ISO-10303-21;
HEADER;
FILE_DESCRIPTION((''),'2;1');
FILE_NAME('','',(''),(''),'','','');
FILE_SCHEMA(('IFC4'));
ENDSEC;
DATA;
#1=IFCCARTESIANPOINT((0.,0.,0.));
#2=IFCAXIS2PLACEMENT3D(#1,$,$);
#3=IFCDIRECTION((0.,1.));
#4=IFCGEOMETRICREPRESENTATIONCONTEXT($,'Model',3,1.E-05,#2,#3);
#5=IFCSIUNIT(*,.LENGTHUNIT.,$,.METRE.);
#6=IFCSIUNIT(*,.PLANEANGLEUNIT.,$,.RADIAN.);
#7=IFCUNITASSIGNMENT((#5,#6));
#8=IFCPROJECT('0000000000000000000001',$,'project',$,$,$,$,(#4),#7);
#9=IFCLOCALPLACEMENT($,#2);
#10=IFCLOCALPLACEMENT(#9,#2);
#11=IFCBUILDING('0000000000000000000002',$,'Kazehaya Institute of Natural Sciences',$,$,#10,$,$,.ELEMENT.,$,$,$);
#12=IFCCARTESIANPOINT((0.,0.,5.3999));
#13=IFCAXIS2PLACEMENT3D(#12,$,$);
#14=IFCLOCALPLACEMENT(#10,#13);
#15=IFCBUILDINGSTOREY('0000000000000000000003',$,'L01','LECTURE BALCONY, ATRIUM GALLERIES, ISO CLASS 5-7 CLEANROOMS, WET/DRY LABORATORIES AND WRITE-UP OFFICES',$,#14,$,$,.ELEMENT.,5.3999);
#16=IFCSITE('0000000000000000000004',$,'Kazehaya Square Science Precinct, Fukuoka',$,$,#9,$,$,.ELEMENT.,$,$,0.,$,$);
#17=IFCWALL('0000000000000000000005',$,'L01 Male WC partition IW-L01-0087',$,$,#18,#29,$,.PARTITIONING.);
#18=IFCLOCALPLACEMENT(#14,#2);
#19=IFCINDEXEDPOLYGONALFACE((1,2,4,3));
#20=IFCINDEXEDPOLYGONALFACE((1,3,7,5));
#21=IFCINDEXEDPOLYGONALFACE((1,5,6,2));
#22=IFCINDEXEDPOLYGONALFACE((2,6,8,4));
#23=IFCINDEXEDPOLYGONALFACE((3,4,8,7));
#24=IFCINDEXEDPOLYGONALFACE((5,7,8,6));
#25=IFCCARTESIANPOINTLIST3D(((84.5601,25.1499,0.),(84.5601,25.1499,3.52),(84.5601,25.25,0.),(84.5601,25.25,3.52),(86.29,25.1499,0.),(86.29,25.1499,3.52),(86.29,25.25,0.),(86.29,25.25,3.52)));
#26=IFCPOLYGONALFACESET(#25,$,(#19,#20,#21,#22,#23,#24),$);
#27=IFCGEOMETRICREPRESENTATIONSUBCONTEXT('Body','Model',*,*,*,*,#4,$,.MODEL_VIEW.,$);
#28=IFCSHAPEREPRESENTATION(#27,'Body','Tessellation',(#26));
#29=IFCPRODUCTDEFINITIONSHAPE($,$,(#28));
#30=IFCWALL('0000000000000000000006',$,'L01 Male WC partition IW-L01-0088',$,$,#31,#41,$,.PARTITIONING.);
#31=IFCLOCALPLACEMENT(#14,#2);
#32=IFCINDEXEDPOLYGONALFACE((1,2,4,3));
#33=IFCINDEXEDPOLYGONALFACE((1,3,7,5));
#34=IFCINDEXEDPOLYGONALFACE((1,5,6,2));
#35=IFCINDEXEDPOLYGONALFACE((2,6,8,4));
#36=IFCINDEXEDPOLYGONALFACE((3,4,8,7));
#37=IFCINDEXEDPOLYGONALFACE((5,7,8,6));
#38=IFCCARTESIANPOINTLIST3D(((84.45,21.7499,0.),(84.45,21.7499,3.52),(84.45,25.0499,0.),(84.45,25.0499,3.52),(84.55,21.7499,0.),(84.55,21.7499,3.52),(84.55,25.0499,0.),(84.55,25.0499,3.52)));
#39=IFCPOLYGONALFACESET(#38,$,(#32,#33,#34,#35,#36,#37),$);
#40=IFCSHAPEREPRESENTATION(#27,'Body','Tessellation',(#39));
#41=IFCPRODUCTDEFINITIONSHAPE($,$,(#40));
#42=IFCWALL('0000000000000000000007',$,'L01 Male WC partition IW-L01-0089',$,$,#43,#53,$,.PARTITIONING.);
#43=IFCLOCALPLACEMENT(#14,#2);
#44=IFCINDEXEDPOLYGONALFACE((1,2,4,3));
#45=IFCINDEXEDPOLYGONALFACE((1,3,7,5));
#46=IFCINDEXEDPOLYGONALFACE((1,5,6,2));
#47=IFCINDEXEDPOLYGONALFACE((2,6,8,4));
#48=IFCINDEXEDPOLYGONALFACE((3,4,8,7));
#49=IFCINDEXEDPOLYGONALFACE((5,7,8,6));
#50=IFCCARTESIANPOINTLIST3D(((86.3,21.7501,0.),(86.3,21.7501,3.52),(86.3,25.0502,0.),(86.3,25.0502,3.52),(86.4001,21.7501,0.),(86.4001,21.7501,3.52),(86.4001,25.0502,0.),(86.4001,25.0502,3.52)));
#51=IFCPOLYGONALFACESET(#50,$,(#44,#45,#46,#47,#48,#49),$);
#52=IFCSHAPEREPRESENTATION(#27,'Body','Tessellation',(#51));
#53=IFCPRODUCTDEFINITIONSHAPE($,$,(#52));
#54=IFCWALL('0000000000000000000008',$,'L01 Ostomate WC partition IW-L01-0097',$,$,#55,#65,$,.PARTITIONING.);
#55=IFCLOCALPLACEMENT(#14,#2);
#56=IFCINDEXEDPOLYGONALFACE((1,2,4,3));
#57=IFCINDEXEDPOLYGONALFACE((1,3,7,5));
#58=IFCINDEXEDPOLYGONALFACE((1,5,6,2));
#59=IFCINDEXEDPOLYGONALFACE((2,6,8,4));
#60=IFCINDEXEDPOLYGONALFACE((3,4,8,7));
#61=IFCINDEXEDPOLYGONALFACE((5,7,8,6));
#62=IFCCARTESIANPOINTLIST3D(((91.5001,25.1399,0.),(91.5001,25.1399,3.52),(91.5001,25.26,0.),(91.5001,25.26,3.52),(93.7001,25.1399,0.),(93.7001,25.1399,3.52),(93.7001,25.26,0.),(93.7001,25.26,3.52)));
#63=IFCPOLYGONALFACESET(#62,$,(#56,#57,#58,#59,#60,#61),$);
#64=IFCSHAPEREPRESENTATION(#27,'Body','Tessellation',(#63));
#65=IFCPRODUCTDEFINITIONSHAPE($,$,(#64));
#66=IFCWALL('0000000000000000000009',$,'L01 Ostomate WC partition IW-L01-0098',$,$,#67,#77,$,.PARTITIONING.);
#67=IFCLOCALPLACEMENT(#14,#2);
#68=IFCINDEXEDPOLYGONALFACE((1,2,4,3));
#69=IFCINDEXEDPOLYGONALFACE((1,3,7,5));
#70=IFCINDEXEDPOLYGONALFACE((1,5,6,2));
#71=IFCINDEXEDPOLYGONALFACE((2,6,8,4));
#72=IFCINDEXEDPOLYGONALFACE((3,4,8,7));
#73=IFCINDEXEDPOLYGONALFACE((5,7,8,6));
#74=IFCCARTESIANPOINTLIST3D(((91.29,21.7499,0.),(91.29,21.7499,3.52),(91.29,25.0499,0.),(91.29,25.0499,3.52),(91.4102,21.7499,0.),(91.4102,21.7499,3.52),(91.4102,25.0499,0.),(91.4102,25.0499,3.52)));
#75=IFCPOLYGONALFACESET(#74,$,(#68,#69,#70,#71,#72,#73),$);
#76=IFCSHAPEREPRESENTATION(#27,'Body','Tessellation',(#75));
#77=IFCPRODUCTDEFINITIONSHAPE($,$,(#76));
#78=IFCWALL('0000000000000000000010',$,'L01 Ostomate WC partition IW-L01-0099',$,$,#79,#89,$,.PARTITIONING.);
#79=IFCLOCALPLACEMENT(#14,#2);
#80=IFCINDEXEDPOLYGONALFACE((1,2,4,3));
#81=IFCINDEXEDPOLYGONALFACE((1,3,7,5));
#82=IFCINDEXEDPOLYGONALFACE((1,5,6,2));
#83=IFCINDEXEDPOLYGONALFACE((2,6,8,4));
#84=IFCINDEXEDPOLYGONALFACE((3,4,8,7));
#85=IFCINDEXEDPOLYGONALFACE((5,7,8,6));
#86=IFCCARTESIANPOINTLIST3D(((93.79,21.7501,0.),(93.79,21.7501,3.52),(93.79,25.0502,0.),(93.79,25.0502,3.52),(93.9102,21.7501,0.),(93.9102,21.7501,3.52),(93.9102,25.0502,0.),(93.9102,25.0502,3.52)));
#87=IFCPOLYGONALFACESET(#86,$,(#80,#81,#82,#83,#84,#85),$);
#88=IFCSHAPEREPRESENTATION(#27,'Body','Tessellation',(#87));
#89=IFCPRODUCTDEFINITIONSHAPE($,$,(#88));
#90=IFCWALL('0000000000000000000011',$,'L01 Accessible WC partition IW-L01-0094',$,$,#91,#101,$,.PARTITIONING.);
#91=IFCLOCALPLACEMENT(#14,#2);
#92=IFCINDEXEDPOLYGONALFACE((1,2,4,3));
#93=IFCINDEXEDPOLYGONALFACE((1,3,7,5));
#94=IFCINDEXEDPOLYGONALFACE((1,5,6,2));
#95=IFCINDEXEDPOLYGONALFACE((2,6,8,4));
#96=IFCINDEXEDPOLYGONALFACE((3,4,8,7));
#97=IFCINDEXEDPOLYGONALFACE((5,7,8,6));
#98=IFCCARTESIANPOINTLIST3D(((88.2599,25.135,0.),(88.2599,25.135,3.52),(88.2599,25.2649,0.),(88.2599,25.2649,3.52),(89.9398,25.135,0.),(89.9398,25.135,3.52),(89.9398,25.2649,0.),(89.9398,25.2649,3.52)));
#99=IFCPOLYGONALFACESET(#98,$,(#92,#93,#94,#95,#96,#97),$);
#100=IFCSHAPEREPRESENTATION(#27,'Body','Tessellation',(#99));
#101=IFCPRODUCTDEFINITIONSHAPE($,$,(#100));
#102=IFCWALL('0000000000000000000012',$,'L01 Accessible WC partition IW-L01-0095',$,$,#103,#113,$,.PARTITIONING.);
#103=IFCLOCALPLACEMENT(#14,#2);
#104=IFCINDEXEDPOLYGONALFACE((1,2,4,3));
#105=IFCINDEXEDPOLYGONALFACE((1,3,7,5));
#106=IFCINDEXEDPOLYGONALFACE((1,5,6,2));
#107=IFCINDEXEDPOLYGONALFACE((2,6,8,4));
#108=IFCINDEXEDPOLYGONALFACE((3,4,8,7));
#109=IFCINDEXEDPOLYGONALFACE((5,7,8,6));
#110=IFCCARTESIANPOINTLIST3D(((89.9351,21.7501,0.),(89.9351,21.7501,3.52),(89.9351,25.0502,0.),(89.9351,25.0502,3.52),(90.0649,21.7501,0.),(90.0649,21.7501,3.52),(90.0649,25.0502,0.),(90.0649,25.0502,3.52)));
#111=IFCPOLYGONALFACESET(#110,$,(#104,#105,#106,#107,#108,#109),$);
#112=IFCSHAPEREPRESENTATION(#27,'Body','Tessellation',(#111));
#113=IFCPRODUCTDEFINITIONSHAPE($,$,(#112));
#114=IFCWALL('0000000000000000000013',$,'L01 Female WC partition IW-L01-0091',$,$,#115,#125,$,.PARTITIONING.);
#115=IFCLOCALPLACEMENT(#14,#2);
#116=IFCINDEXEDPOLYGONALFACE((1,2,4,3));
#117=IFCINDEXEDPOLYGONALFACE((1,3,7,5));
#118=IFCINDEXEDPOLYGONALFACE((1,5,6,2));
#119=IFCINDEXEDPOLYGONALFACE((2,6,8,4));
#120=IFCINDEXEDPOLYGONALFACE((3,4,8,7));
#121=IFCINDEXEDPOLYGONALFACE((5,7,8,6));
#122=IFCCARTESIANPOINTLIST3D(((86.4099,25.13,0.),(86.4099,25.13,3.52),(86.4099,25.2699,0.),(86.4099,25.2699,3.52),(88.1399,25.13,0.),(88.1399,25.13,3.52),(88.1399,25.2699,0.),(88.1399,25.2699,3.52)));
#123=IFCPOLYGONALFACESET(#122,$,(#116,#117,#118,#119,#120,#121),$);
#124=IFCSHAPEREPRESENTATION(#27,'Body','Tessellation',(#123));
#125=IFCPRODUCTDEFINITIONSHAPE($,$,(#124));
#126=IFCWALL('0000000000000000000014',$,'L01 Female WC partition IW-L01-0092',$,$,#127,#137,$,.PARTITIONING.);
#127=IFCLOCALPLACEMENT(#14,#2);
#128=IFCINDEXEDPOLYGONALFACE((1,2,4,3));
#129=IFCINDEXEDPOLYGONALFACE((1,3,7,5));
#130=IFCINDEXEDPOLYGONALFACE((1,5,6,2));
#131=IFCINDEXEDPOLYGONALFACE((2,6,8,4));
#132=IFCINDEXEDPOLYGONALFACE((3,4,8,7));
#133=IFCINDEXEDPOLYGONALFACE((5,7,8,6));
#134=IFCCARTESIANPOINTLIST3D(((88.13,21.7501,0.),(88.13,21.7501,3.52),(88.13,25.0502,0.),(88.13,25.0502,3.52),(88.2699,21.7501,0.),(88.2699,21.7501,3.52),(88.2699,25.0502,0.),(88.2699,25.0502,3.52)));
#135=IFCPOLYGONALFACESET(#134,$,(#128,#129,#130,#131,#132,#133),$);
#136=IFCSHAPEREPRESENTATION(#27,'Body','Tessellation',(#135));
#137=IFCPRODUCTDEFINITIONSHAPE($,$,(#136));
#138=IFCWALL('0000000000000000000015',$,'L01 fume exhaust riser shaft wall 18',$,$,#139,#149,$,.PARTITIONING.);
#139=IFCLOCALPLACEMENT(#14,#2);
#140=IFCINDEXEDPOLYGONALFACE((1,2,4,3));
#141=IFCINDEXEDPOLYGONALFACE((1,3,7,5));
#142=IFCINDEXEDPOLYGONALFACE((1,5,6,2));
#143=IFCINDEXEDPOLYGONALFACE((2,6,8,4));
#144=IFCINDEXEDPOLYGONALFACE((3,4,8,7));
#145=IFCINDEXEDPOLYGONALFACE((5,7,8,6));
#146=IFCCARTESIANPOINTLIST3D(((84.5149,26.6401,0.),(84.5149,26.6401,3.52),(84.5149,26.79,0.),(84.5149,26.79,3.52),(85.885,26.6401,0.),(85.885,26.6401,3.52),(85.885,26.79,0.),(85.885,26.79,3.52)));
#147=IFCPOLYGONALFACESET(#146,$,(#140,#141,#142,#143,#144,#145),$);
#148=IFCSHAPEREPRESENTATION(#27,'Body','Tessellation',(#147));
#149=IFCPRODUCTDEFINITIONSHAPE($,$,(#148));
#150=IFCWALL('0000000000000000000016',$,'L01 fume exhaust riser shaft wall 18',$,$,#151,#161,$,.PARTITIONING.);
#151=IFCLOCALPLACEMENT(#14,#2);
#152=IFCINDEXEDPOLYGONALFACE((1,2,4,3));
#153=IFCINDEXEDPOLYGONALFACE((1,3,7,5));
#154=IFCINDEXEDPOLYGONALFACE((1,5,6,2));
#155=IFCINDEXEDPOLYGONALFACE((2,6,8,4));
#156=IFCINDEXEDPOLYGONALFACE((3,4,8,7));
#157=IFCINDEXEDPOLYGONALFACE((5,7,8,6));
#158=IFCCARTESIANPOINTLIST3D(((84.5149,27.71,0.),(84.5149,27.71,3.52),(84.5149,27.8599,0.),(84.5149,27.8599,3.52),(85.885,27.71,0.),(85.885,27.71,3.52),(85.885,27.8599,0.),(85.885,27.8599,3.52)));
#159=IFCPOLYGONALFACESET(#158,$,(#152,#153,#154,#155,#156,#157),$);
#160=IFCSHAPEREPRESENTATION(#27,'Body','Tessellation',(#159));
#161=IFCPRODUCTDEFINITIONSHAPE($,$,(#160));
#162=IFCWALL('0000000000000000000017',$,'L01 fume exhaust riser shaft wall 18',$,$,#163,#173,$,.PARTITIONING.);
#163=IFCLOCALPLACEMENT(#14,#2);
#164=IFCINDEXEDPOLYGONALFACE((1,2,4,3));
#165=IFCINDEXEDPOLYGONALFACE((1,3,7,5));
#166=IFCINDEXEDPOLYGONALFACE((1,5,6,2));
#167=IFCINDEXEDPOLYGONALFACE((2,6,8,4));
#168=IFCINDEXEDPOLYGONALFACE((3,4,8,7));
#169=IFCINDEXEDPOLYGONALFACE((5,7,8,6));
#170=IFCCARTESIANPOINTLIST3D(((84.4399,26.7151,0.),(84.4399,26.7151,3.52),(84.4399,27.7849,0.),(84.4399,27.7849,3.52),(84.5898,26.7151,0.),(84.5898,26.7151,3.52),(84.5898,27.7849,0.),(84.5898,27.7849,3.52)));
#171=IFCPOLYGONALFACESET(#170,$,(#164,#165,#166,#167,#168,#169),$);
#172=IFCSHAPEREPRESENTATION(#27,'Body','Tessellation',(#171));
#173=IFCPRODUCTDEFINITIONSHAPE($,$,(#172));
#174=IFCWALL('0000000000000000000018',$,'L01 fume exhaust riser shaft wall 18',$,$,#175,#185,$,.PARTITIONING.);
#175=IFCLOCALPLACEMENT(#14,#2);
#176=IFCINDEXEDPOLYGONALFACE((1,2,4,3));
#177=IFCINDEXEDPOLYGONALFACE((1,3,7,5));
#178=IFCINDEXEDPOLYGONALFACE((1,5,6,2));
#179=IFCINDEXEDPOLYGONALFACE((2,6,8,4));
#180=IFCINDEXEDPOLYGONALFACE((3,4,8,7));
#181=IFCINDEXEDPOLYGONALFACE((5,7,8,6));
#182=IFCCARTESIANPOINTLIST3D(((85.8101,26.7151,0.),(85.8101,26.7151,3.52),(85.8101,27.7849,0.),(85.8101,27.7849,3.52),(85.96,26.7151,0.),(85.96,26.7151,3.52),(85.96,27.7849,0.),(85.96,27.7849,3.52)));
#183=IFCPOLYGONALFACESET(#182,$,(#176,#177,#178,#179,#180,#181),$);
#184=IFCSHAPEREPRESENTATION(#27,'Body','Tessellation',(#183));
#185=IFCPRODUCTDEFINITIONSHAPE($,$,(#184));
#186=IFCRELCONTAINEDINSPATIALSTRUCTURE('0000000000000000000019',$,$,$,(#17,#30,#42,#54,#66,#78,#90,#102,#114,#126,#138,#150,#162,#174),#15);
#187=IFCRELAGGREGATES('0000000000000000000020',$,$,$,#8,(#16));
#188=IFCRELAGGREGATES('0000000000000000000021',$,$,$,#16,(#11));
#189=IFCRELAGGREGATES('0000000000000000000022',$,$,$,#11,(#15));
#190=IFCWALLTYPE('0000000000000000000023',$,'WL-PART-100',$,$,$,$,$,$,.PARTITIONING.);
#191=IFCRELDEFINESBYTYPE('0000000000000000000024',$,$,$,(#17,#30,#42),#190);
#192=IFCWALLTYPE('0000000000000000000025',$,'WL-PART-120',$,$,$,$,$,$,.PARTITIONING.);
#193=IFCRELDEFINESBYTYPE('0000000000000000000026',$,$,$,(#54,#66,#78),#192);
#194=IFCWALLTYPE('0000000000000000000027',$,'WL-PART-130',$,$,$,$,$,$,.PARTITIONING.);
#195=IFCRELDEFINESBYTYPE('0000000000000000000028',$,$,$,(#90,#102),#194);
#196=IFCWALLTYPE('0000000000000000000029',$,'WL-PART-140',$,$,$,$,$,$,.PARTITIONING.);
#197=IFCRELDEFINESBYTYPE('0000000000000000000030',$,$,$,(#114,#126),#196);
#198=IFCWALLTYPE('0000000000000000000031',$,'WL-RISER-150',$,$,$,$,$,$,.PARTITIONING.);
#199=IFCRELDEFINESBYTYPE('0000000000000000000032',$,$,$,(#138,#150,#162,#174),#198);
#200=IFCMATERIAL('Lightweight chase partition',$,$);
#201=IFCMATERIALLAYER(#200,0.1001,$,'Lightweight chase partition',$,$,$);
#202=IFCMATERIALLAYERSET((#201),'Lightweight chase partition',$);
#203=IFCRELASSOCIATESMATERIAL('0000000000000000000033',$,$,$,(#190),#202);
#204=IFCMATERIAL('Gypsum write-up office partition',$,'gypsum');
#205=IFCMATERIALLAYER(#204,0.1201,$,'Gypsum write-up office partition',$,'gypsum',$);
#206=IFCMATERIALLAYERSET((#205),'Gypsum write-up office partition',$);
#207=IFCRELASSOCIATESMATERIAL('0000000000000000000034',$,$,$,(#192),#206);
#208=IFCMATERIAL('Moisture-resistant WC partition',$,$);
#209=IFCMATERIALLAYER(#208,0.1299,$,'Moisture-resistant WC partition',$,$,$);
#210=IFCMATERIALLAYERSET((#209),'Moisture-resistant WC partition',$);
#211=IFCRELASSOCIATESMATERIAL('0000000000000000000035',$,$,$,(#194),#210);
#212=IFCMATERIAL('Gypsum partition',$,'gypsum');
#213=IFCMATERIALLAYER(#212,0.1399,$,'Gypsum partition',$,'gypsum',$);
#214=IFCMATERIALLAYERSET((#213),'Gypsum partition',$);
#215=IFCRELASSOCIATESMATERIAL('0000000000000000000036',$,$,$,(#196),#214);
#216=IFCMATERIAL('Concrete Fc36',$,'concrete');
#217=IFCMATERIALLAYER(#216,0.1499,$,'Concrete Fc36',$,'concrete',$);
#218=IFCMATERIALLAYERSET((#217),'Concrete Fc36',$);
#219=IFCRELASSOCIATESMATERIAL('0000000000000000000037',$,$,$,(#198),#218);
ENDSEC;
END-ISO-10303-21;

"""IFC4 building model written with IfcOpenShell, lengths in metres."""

from ifc_helpers import new_model, si_unit, direction, frame, frame_2d, origin, place, context, subcontext, project, spatial, rectangle, extrude, material, layer, layer_set, type_object, element, save


model = new_model("IFC4")

# Units and contexts
model_context = context("Model", 3, precision=1e-05, world=origin(), true_north=direction((0.0, 1.0)))
body_context = subcontext(model_context, "Body", "Model", "MODEL_VIEW")
ifc_project = project(units=[si_unit("LENGTHUNIT", "METRE"), si_unit("PLANEANGLEUNIT", "RADIAN")], contexts=[model_context])

# Site, building, storey
site_placement = place(None, origin())
site = spatial("IfcSite", under=ifc_project, at=site_placement, Name="Kazehaya Square Science Precinct, Fukuoka", CompositionType="ELEMENT", RefElevation=0.0)
building_placement = place(site_placement, origin())
building = spatial("IfcBuilding", under=site, at=building_placement, Name="Kazehaya Institute of Natural Sciences", CompositionType="ELEMENT")
storey_placement = place(building_placement, frame((0.0, 0.0, 5.3999)))
storey = spatial("IfcBuildingStorey", under=building, at=storey_placement, Name="L01", Description="LECTURE BALCONY, ATRIUM GALLERIES, ISO CLASS 5-7 CLEANROOMS, WET/DRY LABORATORIES AND WRITE-UP OFFICES", CompositionType="ELEMENT", Elevation=5.3999)

# Walls
ifc_material_1 = material(Name="Lightweight chase partition")
ifc_layer_1 = layer(ifc_material_1, 0.1001, Name="Lightweight chase partition")
ifc_layer_set_1 = layer_set([ifc_layer_1], Name="Lightweight chase partition")
wall_type_1 = type_object("IfcWallType", Name="WL-PART-100", PredefinedType="PARTITIONING", material=ifc_layer_set_1)
wall_1_placement = place(storey_placement, frame((84.5601, 25.2, 0.0), z_axis=(0.0, 0.0, 1.0), x_axis=(1.0, 0.0, 0.0)))
element("IfcWall", 1, at=wall_1_placement, inside=storey, type_object=wall_type_1, Name="L01 Male WC partition IW-L01-0087", PredefinedType="PARTITIONING", context=body_context, shape_type="SweptSolid", body=[
    extrude(rectangle(XDim=1.73, YDim=0.1001, at=frame_2d((0.865, 0.0))), origin(), (0.0, 0.0, 1.0), 3.52),
])
for number, where, z_axis, x_axis, name in (
    (2, (84.5, 21.75, 0.0), (0.0, 0.0, 1.0), (0.0, 1.0, 0.0), "L01 Male WC partition IW-L01-0088"),
    (3, (86.3501, 25.05, 0.0), (0.0, 0.0, 1.0), (0.0, -1.0, 0.0), "L01 Male WC partition IW-L01-0089"),
):
    element("IfcWall", number, at=place(storey_placement, frame(where, z_axis=z_axis, x_axis=x_axis)), inside=storey, type_object=wall_type_1, Name=name, PredefinedType="PARTITIONING", context=body_context, shape_type="SweptSolid", body=[
        extrude(rectangle(XDim=3.3, YDim=0.1001, at=frame_2d((1.6499, 0.0))), origin(), (0.0, 0.0, 1.0), 3.52),
    ])
ifc_material_2 = material(Name="Gypsum write-up office partition", Category="gypsum")
ifc_layer_2 = layer(ifc_material_2, 0.1201, Name="Gypsum write-up office partition", Category="gypsum")
ifc_layer_set_2 = layer_set([ifc_layer_2], Name="Gypsum write-up office partition")
wall_type_2 = type_object("IfcWallType", Name="WL-PART-120", PredefinedType="PARTITIONING", material=ifc_layer_set_2)
wall_2_placement = place(storey_placement, frame((91.5, 25.2, 0.0), z_axis=(0.0, 0.0, 1.0), x_axis=(1.0, 0.0, 0.0)))
element("IfcWall", 4, at=wall_2_placement, inside=storey, type_object=wall_type_2, Name="L01 Ostomate WC partition IW-L01-0097", PredefinedType="PARTITIONING", context=body_context, shape_type="SweptSolid", body=[
    extrude(rectangle(XDim=2.2, YDim=0.1201, at=frame_2d((1.1001, 0.0))), origin(), (0.0, 0.0, 1.0), 3.52),
])
for number, where, z_axis, x_axis, name in (
    (5, (91.3501, 21.75, 0.0), (0.0, 0.0, 1.0), (0.0, 1.0, 0.0), "L01 Ostomate WC partition IW-L01-0098"),
    (6, (93.8501, 25.05, 0.0), (0.0, 0.0, 1.0), (0.0, -1.0, 0.0), "L01 Ostomate WC partition IW-L01-0099"),
):
    element("IfcWall", number, at=place(storey_placement, frame(where, z_axis=z_axis, x_axis=x_axis)), inside=storey, type_object=wall_type_2, Name=name, PredefinedType="PARTITIONING", context=body_context, shape_type="SweptSolid", body=[
        extrude(rectangle(XDim=3.3, YDim=0.1201, at=frame_2d((1.6499, 0.0))), origin(), (0.0, 0.0, 1.0), 3.52),
    ])
ifc_material_3 = material(Name="Moisture-resistant WC partition")
ifc_layer_3 = layer(ifc_material_3, 0.1299, Name="Moisture-resistant WC partition")
ifc_layer_set_3 = layer_set([ifc_layer_3], Name="Moisture-resistant WC partition")
wall_type_3 = type_object("IfcWallType", Name="WL-PART-130", PredefinedType="PARTITIONING", material=ifc_layer_set_3)
wall_3_placement = place(storey_placement, frame((88.26, 25.2, 0.0), z_axis=(0.0, 0.0, 1.0), x_axis=(1.0, 0.0, 0.0)))
element("IfcWall", 7, at=wall_3_placement, inside=storey, type_object=wall_type_3, Name="L01 Accessible WC partition IW-L01-0094", PredefinedType="PARTITIONING", context=body_context, shape_type="SweptSolid", body=[
    extrude(rectangle(XDim=1.6799, YDim=0.1299, at=frame_2d((0.8398, 0.0))), origin(), (0.0, 0.0, 1.0), 3.52),
])
wall_4_placement = place(storey_placement, frame((90.0, 25.05, 0.0), z_axis=(0.0, 0.0, 1.0), x_axis=(0.0, -1.0, 0.0)))
element("IfcWall", 8, at=wall_4_placement, inside=storey, type_object=wall_type_3, Name="L01 Accessible WC partition IW-L01-0095", PredefinedType="PARTITIONING", context=body_context, shape_type="SweptSolid", body=[
    extrude(rectangle(XDim=3.3, YDim=0.1299, at=frame_2d((1.6499, 0.0))), origin(), (0.0, 0.0, 1.0), 3.52),
])
ifc_material_4 = material(Name="Gypsum partition", Category="gypsum")
ifc_layer_4 = layer(ifc_material_4, 0.1399, Name="Gypsum partition", Category="gypsum")
ifc_layer_set_4 = layer_set([ifc_layer_4], Name="Gypsum partition")
wall_type_4 = type_object("IfcWallType", Name="WL-PART-140", PredefinedType="PARTITIONING", material=ifc_layer_set_4)
wall_5_placement = place(storey_placement, frame((86.4099, 25.2, 0.0), z_axis=(0.0, 0.0, 1.0), x_axis=(1.0, 0.0, 0.0)))
element("IfcWall", 9, at=wall_5_placement, inside=storey, type_object=wall_type_4, Name="L01 Female WC partition IW-L01-0091", PredefinedType="PARTITIONING", context=body_context, shape_type="SweptSolid", body=[
    extrude(rectangle(XDim=1.73, YDim=0.1399, at=frame_2d((0.865, 0.0))), origin(), (0.0, 0.0, 1.0), 3.52),
])
wall_6_placement = place(storey_placement, frame((88.2, 25.05, 0.0), z_axis=(0.0, 0.0, 1.0), x_axis=(0.0, -1.0, 0.0)))
element("IfcWall", 10, at=wall_6_placement, inside=storey, type_object=wall_type_4, Name="L01 Female WC partition IW-L01-0092", PredefinedType="PARTITIONING", context=body_context, shape_type="SweptSolid", body=[
    extrude(rectangle(XDim=3.3, YDim=0.1399, at=frame_2d((1.6499, 0.0))), origin(), (0.0, 0.0, 1.0), 3.52),
])
ifc_material_5 = material(Name="Concrete Fc36", Category="concrete")
ifc_layer_5 = layer(ifc_material_5, 0.1499, Name="Concrete Fc36", Category="concrete")
ifc_layer_set_5 = layer_set([ifc_layer_5], Name="Concrete Fc36")
wall_type_5 = type_object("IfcWallType", Name="WL-RISER-150", PredefinedType="PARTITIONING", material=ifc_layer_set_5)
for number, where, z_axis, x_axis, name in (
    (11, (85.885, 26.7151, 0.0), (0.0, 0.0, 1.0), (-1.0, 0.0, 0.0), "L01 fume exhaust riser shaft wall 18"),
    (12, (84.5149, 27.7849, 0.0), (0.0, 0.0, 1.0), (1.0, 0.0, 0.0), "L01 fume exhaust riser shaft wall 18"),
):
    element("IfcWall", number, at=place(storey_placement, frame(where, z_axis=z_axis, x_axis=x_axis)), inside=storey, type_object=wall_type_5, Name=name, PredefinedType="PARTITIONING", context=body_context, shape_type="SweptSolid", body=[
        extrude(rectangle(XDim=1.3701, YDim=0.1499, at=frame_2d((0.6851, 0.0))), origin(), (0.0, 0.0, 1.0), 3.52),
    ])
for number, where, z_axis, x_axis, name in (
    (13, (84.5149, 26.7151, 0.0), (0.0, 0.0, 1.0), (0.0, 1.0, 0.0), "L01 fume exhaust riser shaft wall 18"),
    (14, (85.885, 27.7849, 0.0), (0.0, 0.0, 1.0), (0.0, -1.0, 0.0), "L01 fume exhaust riser shaft wall 18"),
):
    element("IfcWall", number, at=place(storey_placement, frame(where, z_axis=z_axis, x_axis=x_axis)), inside=storey, type_object=wall_type_5, Name=name, PredefinedType="PARTITIONING", context=body_context, shape_type="SweptSolid", body=[
        extrude(rectangle(XDim=1.0698, YDim=0.1499, at=frame_2d((0.5349, 0.0))), origin(), (0.0, 0.0, 1.0), 3.52),
    ])

save(model, "model.ifc")
